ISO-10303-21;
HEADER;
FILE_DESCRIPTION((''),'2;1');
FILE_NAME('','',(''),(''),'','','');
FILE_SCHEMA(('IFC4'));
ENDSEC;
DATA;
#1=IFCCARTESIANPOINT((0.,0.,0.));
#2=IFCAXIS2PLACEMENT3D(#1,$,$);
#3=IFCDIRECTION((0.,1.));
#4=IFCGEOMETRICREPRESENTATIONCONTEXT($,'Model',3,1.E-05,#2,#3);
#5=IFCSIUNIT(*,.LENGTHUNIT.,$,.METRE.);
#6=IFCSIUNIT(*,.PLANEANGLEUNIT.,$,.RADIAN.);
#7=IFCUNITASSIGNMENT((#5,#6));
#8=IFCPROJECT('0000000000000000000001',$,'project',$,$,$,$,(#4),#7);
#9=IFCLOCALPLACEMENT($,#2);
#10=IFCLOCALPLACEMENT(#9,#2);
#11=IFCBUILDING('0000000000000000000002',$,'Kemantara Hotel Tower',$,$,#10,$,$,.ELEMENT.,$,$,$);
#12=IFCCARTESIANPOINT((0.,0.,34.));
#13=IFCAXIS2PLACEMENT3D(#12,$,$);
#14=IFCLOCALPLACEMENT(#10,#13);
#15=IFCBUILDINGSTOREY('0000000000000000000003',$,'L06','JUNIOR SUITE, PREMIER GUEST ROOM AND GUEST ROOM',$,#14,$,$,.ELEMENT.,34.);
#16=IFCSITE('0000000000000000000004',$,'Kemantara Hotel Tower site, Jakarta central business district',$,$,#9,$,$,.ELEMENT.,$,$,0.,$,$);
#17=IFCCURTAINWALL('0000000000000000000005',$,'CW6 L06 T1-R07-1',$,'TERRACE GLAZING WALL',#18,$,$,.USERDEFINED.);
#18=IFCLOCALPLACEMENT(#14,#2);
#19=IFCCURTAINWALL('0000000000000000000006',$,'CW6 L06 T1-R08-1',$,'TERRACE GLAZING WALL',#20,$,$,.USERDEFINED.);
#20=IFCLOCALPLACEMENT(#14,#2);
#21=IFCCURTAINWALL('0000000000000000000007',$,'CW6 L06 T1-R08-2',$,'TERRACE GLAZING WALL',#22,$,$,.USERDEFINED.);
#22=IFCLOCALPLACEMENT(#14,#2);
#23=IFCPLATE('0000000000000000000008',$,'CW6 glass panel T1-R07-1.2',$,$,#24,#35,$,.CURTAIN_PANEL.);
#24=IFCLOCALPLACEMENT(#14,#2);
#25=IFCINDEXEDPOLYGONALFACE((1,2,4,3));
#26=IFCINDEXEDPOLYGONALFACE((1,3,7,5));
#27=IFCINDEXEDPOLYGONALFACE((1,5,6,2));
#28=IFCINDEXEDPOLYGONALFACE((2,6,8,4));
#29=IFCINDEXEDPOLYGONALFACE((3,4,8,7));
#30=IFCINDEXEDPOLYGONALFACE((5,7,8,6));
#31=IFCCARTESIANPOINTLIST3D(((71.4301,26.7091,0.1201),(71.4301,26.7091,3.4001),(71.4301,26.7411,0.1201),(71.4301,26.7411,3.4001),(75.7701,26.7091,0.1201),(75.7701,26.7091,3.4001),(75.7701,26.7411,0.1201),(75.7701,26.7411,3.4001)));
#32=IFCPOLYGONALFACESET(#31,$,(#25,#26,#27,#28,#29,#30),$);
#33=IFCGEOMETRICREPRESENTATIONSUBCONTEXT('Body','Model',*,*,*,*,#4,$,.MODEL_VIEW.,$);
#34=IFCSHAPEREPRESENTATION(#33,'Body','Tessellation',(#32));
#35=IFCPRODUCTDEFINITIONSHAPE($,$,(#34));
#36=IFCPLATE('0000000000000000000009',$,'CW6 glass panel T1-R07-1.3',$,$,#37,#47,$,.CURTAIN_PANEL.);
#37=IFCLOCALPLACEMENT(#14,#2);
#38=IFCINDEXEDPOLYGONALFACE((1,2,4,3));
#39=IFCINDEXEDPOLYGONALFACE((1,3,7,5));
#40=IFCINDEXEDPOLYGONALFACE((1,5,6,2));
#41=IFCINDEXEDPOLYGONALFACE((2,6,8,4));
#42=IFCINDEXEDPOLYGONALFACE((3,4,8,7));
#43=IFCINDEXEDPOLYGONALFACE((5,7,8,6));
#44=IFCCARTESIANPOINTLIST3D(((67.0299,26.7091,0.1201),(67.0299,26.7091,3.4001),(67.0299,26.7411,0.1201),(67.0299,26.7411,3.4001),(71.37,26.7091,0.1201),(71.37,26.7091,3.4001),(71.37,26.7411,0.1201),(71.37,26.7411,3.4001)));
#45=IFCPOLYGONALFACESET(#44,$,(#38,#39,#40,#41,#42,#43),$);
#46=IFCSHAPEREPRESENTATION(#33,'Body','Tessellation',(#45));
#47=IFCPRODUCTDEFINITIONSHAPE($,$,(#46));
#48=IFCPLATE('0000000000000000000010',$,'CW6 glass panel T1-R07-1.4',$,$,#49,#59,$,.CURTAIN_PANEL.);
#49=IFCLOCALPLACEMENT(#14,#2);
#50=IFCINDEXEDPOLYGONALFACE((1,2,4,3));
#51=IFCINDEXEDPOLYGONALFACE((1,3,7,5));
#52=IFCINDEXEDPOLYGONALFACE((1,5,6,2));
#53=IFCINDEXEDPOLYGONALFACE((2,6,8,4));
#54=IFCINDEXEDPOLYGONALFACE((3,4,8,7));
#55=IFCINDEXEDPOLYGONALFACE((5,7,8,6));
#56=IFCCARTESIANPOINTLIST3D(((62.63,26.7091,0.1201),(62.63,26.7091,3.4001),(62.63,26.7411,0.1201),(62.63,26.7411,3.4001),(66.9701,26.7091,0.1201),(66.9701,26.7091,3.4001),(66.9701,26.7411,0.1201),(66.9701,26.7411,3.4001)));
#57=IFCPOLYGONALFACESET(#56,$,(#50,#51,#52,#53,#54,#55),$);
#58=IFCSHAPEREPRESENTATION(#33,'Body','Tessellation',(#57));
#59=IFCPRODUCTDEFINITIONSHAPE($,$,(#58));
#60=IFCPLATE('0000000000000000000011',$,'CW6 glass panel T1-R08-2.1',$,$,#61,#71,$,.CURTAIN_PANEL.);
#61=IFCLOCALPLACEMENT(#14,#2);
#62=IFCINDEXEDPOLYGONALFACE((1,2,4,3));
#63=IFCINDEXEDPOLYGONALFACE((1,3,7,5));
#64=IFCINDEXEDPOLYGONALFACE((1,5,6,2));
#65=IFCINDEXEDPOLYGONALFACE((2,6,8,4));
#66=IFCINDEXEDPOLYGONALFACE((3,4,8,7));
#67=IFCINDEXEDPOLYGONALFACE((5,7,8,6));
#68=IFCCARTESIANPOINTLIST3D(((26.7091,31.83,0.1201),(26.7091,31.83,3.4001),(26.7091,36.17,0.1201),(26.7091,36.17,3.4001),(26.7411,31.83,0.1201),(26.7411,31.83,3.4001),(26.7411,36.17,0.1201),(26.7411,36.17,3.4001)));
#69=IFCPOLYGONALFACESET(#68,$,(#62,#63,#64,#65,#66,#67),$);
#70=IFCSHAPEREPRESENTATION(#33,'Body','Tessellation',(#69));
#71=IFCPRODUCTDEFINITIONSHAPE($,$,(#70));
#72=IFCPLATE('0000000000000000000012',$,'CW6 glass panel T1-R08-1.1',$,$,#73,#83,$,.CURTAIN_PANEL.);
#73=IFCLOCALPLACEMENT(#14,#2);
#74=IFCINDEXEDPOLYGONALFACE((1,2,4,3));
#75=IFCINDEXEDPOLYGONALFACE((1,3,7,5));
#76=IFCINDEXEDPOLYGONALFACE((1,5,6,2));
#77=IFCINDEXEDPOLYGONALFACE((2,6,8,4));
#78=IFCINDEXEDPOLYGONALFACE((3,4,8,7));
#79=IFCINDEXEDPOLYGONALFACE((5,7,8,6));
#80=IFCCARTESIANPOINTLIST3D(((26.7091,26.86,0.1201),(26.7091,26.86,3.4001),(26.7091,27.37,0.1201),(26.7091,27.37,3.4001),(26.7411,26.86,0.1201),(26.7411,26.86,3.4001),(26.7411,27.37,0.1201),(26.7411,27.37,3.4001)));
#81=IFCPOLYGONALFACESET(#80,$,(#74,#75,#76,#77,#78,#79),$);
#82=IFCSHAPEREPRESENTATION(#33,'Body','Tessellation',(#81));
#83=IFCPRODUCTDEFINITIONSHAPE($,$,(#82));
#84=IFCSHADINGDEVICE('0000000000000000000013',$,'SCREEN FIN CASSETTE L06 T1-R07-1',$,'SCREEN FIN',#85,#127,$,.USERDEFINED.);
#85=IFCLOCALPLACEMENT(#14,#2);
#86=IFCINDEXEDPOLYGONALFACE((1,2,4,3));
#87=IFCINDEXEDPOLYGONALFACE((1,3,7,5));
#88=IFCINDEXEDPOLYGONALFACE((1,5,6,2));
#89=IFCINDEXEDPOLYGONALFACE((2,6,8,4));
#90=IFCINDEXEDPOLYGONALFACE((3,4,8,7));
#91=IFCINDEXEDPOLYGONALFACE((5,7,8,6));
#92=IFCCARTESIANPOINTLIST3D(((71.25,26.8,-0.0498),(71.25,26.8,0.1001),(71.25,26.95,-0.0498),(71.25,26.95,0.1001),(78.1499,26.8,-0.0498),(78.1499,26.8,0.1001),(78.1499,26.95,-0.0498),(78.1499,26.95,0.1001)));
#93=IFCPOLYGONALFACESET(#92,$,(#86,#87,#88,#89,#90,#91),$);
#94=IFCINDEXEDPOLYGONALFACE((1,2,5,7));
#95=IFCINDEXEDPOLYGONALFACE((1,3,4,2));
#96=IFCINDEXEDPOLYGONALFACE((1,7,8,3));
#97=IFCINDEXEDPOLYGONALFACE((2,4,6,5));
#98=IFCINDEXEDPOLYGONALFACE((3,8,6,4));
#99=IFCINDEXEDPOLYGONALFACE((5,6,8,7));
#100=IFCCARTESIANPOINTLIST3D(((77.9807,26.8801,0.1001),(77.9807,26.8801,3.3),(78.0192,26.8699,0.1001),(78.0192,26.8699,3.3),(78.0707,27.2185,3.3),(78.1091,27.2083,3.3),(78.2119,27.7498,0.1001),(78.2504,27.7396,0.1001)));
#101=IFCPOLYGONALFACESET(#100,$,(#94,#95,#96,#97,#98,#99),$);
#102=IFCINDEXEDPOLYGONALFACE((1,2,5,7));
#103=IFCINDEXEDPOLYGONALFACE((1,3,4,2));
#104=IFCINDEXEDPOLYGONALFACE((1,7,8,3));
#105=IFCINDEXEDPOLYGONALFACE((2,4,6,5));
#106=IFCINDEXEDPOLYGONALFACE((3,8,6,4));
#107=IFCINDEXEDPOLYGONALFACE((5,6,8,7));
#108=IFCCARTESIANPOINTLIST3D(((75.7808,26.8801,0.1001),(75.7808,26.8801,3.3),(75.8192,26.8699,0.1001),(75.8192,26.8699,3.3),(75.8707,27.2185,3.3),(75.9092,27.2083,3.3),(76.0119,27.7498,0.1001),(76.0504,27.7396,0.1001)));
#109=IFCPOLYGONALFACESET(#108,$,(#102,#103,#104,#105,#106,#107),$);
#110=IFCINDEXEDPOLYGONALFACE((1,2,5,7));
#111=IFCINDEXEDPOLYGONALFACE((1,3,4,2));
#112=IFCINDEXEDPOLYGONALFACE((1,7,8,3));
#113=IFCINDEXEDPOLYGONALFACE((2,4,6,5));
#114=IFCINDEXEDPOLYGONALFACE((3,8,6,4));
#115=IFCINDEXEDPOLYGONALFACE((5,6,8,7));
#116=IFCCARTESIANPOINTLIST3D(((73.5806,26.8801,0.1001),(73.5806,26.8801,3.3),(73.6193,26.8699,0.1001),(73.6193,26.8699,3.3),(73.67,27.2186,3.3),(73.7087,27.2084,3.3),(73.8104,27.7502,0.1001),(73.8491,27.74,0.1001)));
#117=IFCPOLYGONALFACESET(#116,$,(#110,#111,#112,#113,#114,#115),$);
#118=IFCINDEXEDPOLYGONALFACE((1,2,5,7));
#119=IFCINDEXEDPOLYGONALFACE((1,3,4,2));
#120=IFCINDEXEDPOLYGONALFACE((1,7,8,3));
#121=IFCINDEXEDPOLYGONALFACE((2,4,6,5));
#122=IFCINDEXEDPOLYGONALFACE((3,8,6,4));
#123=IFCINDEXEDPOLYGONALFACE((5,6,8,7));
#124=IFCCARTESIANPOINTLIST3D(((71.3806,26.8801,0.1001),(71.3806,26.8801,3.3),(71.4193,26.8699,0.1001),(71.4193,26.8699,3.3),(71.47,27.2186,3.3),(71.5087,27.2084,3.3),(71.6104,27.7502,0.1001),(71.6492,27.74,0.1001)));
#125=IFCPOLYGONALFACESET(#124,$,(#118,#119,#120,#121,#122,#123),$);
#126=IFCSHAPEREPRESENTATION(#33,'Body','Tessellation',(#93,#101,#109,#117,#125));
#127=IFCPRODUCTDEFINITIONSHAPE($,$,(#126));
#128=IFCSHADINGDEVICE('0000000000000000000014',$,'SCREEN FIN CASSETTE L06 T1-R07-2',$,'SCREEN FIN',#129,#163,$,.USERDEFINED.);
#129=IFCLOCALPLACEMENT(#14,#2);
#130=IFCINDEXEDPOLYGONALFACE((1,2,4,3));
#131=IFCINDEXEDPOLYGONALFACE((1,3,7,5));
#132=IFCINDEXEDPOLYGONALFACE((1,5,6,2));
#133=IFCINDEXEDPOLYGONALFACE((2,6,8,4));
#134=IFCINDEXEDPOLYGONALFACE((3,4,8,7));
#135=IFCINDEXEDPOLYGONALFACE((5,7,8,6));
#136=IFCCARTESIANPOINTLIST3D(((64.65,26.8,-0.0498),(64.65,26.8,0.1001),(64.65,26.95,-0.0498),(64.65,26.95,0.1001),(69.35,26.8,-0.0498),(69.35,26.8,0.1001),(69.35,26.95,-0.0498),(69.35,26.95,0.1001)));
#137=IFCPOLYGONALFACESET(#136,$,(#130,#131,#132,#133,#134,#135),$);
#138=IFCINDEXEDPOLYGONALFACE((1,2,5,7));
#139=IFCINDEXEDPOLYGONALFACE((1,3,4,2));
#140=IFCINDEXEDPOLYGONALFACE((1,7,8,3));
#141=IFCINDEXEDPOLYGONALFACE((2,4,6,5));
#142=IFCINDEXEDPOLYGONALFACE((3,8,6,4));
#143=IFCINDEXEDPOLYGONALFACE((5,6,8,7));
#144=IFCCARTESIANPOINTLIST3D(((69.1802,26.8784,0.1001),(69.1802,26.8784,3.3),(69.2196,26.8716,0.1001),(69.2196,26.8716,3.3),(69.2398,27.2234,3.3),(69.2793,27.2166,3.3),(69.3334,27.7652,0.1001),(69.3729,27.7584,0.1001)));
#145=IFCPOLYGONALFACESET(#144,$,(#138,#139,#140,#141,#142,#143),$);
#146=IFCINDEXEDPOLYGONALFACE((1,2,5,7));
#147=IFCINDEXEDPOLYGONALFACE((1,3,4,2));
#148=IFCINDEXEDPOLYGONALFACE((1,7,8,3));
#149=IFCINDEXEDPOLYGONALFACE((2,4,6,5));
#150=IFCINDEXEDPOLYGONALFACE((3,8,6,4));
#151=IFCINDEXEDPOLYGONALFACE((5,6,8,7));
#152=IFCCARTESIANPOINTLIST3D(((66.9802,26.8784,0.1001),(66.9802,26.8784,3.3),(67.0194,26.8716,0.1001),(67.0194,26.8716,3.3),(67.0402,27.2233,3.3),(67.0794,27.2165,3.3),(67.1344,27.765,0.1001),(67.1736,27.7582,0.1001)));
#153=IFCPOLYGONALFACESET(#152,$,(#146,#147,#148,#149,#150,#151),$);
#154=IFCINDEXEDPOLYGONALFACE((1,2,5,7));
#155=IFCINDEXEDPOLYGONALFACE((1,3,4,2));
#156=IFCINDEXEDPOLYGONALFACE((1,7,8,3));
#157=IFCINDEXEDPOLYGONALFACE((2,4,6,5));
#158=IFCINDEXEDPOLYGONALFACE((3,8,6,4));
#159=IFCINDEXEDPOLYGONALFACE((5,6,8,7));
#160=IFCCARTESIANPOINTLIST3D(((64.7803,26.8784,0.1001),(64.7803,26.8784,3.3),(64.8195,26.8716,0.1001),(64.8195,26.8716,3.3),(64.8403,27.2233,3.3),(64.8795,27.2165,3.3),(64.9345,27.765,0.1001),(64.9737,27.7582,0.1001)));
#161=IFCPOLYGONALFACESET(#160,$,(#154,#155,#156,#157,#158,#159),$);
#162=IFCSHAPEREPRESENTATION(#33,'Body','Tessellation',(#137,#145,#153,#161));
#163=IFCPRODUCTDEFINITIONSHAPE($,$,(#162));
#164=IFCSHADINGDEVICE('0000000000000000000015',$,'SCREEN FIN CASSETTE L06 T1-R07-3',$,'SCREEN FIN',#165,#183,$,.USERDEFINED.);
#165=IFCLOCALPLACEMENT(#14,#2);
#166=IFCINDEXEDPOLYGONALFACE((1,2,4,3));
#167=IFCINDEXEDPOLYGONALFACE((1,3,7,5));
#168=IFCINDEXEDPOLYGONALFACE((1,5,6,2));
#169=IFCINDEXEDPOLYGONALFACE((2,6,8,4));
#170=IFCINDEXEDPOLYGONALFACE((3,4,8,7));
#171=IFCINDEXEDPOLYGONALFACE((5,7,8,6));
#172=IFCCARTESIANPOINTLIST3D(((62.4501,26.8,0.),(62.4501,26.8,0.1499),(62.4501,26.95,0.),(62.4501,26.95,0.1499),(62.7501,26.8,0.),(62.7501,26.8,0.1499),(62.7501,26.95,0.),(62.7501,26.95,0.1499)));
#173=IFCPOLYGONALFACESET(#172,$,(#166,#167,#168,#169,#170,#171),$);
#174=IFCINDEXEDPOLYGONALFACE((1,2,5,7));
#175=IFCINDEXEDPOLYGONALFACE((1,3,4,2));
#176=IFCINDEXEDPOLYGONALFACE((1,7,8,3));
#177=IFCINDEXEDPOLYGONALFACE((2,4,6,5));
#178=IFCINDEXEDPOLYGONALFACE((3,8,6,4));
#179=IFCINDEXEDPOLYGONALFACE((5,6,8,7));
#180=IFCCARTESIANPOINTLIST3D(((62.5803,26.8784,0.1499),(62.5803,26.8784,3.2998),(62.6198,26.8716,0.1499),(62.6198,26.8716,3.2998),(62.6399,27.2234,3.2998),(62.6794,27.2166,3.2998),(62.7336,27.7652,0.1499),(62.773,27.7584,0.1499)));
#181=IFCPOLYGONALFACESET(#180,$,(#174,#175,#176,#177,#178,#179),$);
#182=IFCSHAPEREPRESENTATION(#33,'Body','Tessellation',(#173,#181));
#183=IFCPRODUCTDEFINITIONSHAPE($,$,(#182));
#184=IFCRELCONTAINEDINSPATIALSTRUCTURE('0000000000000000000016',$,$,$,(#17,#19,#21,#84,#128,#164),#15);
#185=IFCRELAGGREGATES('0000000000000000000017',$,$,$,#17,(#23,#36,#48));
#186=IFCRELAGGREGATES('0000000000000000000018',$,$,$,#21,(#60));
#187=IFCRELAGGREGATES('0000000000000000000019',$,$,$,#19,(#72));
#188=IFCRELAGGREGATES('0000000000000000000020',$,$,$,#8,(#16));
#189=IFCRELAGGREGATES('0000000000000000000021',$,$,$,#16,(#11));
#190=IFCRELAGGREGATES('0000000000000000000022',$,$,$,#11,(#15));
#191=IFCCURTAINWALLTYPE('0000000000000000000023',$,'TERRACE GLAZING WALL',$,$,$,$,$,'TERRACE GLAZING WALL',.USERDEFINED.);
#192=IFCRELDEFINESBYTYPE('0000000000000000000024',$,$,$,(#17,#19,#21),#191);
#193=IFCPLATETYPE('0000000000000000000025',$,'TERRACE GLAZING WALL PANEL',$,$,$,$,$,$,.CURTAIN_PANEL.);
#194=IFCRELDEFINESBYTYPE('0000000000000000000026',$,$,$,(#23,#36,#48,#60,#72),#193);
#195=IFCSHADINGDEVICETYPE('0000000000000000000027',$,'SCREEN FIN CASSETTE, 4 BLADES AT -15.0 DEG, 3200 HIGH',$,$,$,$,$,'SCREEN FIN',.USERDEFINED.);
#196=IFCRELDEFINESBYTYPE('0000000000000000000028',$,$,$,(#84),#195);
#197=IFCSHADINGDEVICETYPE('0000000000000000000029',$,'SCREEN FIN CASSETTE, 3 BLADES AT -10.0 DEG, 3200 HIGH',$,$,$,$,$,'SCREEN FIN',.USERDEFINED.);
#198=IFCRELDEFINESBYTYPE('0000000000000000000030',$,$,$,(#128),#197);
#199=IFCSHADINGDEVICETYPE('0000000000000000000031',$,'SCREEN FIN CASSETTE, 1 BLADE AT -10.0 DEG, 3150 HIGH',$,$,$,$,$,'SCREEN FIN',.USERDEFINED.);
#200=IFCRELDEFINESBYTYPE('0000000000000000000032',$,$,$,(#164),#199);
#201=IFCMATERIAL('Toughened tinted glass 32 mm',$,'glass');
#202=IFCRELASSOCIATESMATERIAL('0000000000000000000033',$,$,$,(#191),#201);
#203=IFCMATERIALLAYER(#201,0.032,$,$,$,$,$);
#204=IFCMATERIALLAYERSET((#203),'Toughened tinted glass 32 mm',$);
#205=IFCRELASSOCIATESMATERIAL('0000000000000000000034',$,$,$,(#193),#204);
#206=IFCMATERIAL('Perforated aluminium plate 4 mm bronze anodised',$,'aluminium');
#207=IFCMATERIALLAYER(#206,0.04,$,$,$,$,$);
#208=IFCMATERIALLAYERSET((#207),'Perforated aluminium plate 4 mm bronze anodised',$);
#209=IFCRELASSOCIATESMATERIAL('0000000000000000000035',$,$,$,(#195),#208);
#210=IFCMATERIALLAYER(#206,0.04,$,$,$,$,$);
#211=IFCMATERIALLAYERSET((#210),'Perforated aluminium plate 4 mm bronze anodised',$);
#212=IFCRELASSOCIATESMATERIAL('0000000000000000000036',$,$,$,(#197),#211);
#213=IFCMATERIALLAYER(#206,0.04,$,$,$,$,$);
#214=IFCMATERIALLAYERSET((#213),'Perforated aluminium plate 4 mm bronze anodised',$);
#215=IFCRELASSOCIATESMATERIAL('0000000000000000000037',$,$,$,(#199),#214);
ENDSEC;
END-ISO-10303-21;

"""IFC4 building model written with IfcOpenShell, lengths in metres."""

from ifc_helpers import new_model, si_unit, direction, frame, origin, origin_2d, place, context, subcontext, project, spatial, polyline, rectangle, outline, extrude, source, transform, mapped, material, layer, layer_set, type_object, element, aggregate, save


model = new_model("IFC4")

# Units and contexts
model_context = context("Model", 3, precision=1e-05, world=origin(), true_north=direction((0.0, 1.0)))
body_context = subcontext(model_context, "Body", "Model", "MODEL_VIEW")
ifc_project = project(units=[si_unit("LENGTHUNIT", "METRE"), si_unit("PLANEANGLEUNIT", "RADIAN")], contexts=[model_context])

# Site, building, storey
site_placement = place(None, origin())
site = spatial("IfcSite", under=ifc_project, at=site_placement, Name="Kemantara Hotel Tower site, Jakarta central business district", CompositionType="ELEMENT", RefElevation=0.0)
building_placement = place(site_placement, origin())
building = spatial("IfcBuilding", under=site, at=building_placement, Name="Kemantara Hotel Tower", CompositionType="ELEMENT")
storey_placement = place(building_placement, frame((0.0, 0.0, 34.0)))
storey = spatial("IfcBuildingStorey", under=building, at=storey_placement, Name="L06", Description="JUNIOR SUITE, PREMIER GUEST ROOM AND GUEST ROOM", CompositionType="ELEMENT", Elevation=34.0)

# Curtain walls
ifc_material_1 = material(Name="Toughened tinted glass 32 mm", Category="glass")
curtain_wall_type_1 = type_object("IfcCurtainWallType", Name="TERRACE GLAZING WALL", ElementType="TERRACE GLAZING WALL", PredefinedType="USERDEFINED", material=ifc_material_1)
curtain_wall_1_placement = place(storey_placement, origin())
curtain_wall_1 = element("IfcCurtainWall", 1, at=curtain_wall_1_placement, inside=storey, type_object=curtain_wall_type_1, Name="CW6 L06 T1-R07-1", ObjectType="TERRACE GLAZING WALL", PredefinedType="USERDEFINED")
curtain_wall_2_placement = place(storey_placement, origin())
curtain_wall_2 = element("IfcCurtainWall", 2, at=curtain_wall_2_placement, inside=storey, type_object=curtain_wall_type_1, Name="CW6 L06 T1-R08-1", ObjectType="TERRACE GLAZING WALL", PredefinedType="USERDEFINED")
curtain_wall_3_placement = place(storey_placement, origin())
curtain_wall_3 = element("IfcCurtainWall", 3, at=curtain_wall_3_placement, inside=storey, type_object=curtain_wall_type_1, Name="CW6 L06 T1-R08-2", ObjectType="TERRACE GLAZING WALL", PredefinedType="USERDEFINED")

# Plates
ifc_layer_1 = layer(ifc_material_1, 0.032)
ifc_layer_set_1 = layer_set([ifc_layer_1], Name="Toughened tinted glass 32 mm")
plate_type = type_object("IfcPlateType", Name="TERRACE GLAZING WALL PANEL", PredefinedType="CURTAIN_PANEL", material=ifc_layer_set_1)
shared_shape_1 = source(origin(), body_context, "Body", "SweptSolid", [
    extrude(rectangle(XDim=4.3401, YDim=0.032, at=origin_2d()), origin(), (0.0, 0.0, 1.0), 3.28),
])
plate_1_placement = place(storey_placement, frame((73.6001, 26.7251, 0.1201), z_axis=(0.0, 0.0, 1.0), x_axis=(-1.0, 0.0, 0.0)))
plate_1 = element("IfcPlate", 4, at=plate_1_placement, type_object=plate_type, Name="CW6 glass panel T1-R07-1.2", PredefinedType="CURTAIN_PANEL", context=body_context, shape_type="MappedRepresentation", body=[
    mapped(shared_shape_1, transform((0.0, 0.0, 0.0))),
])
plate_2_placement = place(storey_placement, frame((69.2, 26.7251, 0.1201), z_axis=(0.0, 0.0, 1.0), x_axis=(-1.0, 0.0, 0.0)))
plate_2 = element("IfcPlate", 5, at=plate_2_placement, type_object=plate_type, Name="CW6 glass panel T1-R07-1.3", PredefinedType="CURTAIN_PANEL", context=body_context, shape_type="MappedRepresentation", body=[
    mapped(shared_shape_1, transform((0.0, 0.0, 0.0))),
])
plate_3_placement = place(storey_placement, frame((64.8, 26.7251, 0.1201), z_axis=(0.0, 0.0, 1.0), x_axis=(-1.0, 0.0, 0.0)))
plate_3 = element("IfcPlate", 6, at=plate_3_placement, type_object=plate_type, Name="CW6 glass panel T1-R07-1.4", PredefinedType="CURTAIN_PANEL", context=body_context, shape_type="MappedRepresentation", body=[
    mapped(shared_shape_1, transform((0.0, 0.0, 0.0))),
])
aggregate(curtain_wall_1, [plate_1, plate_2, plate_3])
plate_4_placement = place(storey_placement, frame((26.7251, 34.0, 0.1201), z_axis=(0.0, 0.0, 1.0), x_axis=(0.0, 1.0, 0.0)))
plate_4 = element("IfcPlate", 7, at=plate_4_placement, type_object=plate_type, Name="CW6 glass panel T1-R08-2.1", PredefinedType="CURTAIN_PANEL", context=body_context, shape_type="MappedRepresentation", body=[
    mapped(shared_shape_1, transform((0.0, 0.0, 0.0))),
])
aggregate(curtain_wall_3, [plate_4])
shared_shape_2 = source(origin(), body_context, "Body", "SweptSolid", [
    extrude(rectangle(XDim=0.51, YDim=0.032, at=origin_2d()), origin(), (0.0, 0.0, 1.0), 3.28),
])
plate_5_placement = place(storey_placement, frame((26.7251, 27.115, 0.1201), z_axis=(0.0, 0.0, 1.0), x_axis=(0.0, 1.0, 0.0)))
plate_5 = element("IfcPlate", 8, at=plate_5_placement, type_object=plate_type, Name="CW6 glass panel T1-R08-1.1", PredefinedType="CURTAIN_PANEL", context=body_context, shape_type="MappedRepresentation", body=[
    mapped(shared_shape_2, transform((0.0, 0.0, 0.0))),
])
aggregate(curtain_wall_2, [plate_5])

# Shading devices
ifc_material_2 = material(Name="Perforated aluminium plate 4 mm bronze anodised", Category="aluminium")
ifc_layer_2 = layer(ifc_material_2, 0.04)
ifc_layer_set_2 = layer_set([ifc_layer_2], Name="Perforated aluminium plate 4 mm bronze anodised")
shading_device_type_1 = type_object("IfcShadingDeviceType", Name="SCREEN FIN CASSETTE, 4 BLADES AT -15.0 DEG, 3200 HIGH", ElementType="SCREEN FIN", PredefinedType="USERDEFINED", material=ifc_layer_set_2)
shared_shape_3 = source(origin(), body_context, "Body", "SweptSolid", [
    extrude(rectangle(XDim=6.8999, YDim=0.1499, at=origin_2d()), frame((3.3, -0.075, -0.1499), z_axis=(0.0, 0.0, 1.0), x_axis=(1.0, 0.0, 0.0)), (0.0, 0.0, 1.0), 0.1499),
    extrude(outline(polyline([(0.0, 0.0), (0.8999, 0.0), (0.3501, 3.2), (0.0, 3.2), (0.0, 0.0)])), frame((0.0193, -0.0801, 0.0), z_axis=(-0.966438, 0.256901, 0.0), x_axis=(-0.256901, -0.966438, 0.0)), (0.0, 0.0, 1.0), 0.0398),
    extrude(outline(polyline([(0.0, 0.0), (0.8999, 0.0), (0.3501, 3.2), (0.0, 3.2), (0.0, 0.0)])), frame((2.2192, -0.0801, 0.0), z_axis=(-0.966438, 0.256901, 0.0), x_axis=(-0.256901, -0.966438, 0.0)), (0.0, 0.0, 1.0), 0.0398),
    extrude(outline(polyline([(0.0, 0.0), (0.8999, 0.0), (0.3501, 3.2), (0.0, 3.2), (0.0, 0.0)])), frame((4.4194, -0.0801, 0.0), z_axis=(-0.966838, 0.255391, 0.0), x_axis=(-0.255391, -0.966838, 0.0)), (0.0, 0.0, 1.0), 0.04),
    extrude(outline(polyline([(0.0, 0.0), (0.8999, 0.0), (0.3501, 3.2), (0.0, 3.2), (0.0, 0.0)])), frame((6.6194, -0.0801, 0.0), z_axis=(-0.966838, 0.255391, 0.0), x_axis=(-0.255391, -0.966838, 0.0)), (0.0, 0.0, 1.0), 0.04),
])
shading_device_1_placement = place(storey_placement, frame((78.0, 26.8, 0.1001), z_axis=(0.0, 0.0, 1.0), x_axis=(-1.0, 0.0, 0.0)))
element("IfcShadingDevice", 9, at=shading_device_1_placement, inside=storey, type_object=shading_device_type_1, Name="SCREEN FIN CASSETTE L06 T1-R07-1", ObjectType="SCREEN FIN", PredefinedType="USERDEFINED", context=body_context, shape_type="MappedRepresentation", body=[
    mapped(shared_shape_3, transform((0.0, 0.0, 0.0))),
])
ifc_layer_3 = layer(ifc_material_2, 0.04)
ifc_layer_set_3 = layer_set([ifc_layer_3], Name="Perforated aluminium plate 4 mm bronze anodised")
shading_device_type_2 = type_object("IfcShadingDeviceType", Name="SCREEN FIN CASSETTE, 3 BLADES AT -10.0 DEG, 3200 HIGH", ElementType="SCREEN FIN", PredefinedType="USERDEFINED", material=ifc_layer_set_3)
shared_shape_4 = source(origin(), body_context, "Body", "SweptSolid", [
    extrude(rectangle(XDim=4.7, YDim=0.1499, at=origin_2d()), frame((2.2, -0.075, -0.1499), z_axis=(0.0, 0.0, 1.0), x_axis=(1.0, 0.0, 0.0)), (0.0, 0.0, 1.0), 0.1499),
    extrude(outline(polyline([(0.0, 0.0), (0.8999, 0.0), (0.3501, 3.2), (0.0, 3.2), (0.0, 0.0)])), frame((0.0198, -0.0784, 0.0), z_axis=(-0.98539, 0.170314, 0.0), x_axis=(-0.170314, -0.98539, 0.0)), (0.0, 0.0, 1.0), 0.04),
    extrude(outline(polyline([(0.0, 0.0), (0.8999, 0.0), (0.3501, 3.2), (0.0, 3.2), (0.0, 0.0)])), frame((2.2197, -0.0784, 0.0), z_axis=(-0.985212, 0.171341, 0.0), x_axis=(-0.171341, -0.985212, 0.0)), (0.0, 0.0, 1.0), 0.0398),
    extrude(outline(polyline([(0.0, 0.0), (0.8999, 0.0), (0.3501, 3.2), (0.0, 3.2), (0.0, 0.0)])), frame((4.4197, -0.0784, 0.0), z_axis=(-0.985212, 0.171341, 0.0), x_axis=(-0.171341, -0.985212, 0.0)), (0.0, 0.0, 1.0), 0.0398),
])
shading_device_2_placement = place(storey_placement, frame((69.2, 26.8, 0.1001), z_axis=(0.0, 0.0, 1.0), x_axis=(-1.0, 0.0, 0.0)))
element("IfcShadingDevice", 10, at=shading_device_2_placement, inside=storey, type_object=shading_device_type_2, Name="SCREEN FIN CASSETTE L06 T1-R07-2", ObjectType="SCREEN FIN", PredefinedType="USERDEFINED", context=body_context, shape_type="MappedRepresentation", body=[
    mapped(shared_shape_4, transform((0.0, 0.0, 0.0))),
])
ifc_layer_4 = layer(ifc_material_2, 0.04)
ifc_layer_set_4 = layer_set([ifc_layer_4], Name="Perforated aluminium plate 4 mm bronze anodised")
shading_device_type_3 = type_object("IfcShadingDeviceType", Name="SCREEN FIN CASSETTE, 1 BLADE AT -10.0 DEG, 3150 HIGH", ElementType="SCREEN FIN", PredefinedType="USERDEFINED", material=ifc_layer_set_4)
shared_shape_5 = source(origin(), body_context, "Body", "SweptSolid", [
    extrude(rectangle(XDim=0.3, YDim=0.1499, at=origin_2d()), frame((0.0, -0.075, -0.1499), z_axis=(0.0, 0.0, 1.0), x_axis=(1.0, 0.0, 0.0)), (0.0, 0.0, 1.0), 0.1499),
    extrude(outline(polyline([(0.0, 0.0), (0.8999, 0.0), (0.3501, 3.1499), (0.0, 3.1499), (0.0, 0.0)])), frame((0.0198, -0.0784, 0.0), z_axis=(-0.98539, 0.170314, 0.0), x_axis=(-0.170314, -0.98539, 0.0)), (0.0, 0.0, 1.0), 0.04),
])
shading_device_3_placement = place(storey_placement, frame((62.6001, 26.8, 0.1499), z_axis=(0.0, 0.0, 1.0), x_axis=(-1.0, 0.0, 0.0)))
element("IfcShadingDevice", 11, at=shading_device_3_placement, inside=storey, type_object=shading_device_type_3, Name="SCREEN FIN CASSETTE L06 T1-R07-3", ObjectType="SCREEN FIN", PredefinedType="USERDEFINED", context=body_context, shape_type="MappedRepresentation", body=[
    mapped(shared_shape_5, transform((0.0, 0.0, 0.0))),
])

save(model, "model.ifc")
